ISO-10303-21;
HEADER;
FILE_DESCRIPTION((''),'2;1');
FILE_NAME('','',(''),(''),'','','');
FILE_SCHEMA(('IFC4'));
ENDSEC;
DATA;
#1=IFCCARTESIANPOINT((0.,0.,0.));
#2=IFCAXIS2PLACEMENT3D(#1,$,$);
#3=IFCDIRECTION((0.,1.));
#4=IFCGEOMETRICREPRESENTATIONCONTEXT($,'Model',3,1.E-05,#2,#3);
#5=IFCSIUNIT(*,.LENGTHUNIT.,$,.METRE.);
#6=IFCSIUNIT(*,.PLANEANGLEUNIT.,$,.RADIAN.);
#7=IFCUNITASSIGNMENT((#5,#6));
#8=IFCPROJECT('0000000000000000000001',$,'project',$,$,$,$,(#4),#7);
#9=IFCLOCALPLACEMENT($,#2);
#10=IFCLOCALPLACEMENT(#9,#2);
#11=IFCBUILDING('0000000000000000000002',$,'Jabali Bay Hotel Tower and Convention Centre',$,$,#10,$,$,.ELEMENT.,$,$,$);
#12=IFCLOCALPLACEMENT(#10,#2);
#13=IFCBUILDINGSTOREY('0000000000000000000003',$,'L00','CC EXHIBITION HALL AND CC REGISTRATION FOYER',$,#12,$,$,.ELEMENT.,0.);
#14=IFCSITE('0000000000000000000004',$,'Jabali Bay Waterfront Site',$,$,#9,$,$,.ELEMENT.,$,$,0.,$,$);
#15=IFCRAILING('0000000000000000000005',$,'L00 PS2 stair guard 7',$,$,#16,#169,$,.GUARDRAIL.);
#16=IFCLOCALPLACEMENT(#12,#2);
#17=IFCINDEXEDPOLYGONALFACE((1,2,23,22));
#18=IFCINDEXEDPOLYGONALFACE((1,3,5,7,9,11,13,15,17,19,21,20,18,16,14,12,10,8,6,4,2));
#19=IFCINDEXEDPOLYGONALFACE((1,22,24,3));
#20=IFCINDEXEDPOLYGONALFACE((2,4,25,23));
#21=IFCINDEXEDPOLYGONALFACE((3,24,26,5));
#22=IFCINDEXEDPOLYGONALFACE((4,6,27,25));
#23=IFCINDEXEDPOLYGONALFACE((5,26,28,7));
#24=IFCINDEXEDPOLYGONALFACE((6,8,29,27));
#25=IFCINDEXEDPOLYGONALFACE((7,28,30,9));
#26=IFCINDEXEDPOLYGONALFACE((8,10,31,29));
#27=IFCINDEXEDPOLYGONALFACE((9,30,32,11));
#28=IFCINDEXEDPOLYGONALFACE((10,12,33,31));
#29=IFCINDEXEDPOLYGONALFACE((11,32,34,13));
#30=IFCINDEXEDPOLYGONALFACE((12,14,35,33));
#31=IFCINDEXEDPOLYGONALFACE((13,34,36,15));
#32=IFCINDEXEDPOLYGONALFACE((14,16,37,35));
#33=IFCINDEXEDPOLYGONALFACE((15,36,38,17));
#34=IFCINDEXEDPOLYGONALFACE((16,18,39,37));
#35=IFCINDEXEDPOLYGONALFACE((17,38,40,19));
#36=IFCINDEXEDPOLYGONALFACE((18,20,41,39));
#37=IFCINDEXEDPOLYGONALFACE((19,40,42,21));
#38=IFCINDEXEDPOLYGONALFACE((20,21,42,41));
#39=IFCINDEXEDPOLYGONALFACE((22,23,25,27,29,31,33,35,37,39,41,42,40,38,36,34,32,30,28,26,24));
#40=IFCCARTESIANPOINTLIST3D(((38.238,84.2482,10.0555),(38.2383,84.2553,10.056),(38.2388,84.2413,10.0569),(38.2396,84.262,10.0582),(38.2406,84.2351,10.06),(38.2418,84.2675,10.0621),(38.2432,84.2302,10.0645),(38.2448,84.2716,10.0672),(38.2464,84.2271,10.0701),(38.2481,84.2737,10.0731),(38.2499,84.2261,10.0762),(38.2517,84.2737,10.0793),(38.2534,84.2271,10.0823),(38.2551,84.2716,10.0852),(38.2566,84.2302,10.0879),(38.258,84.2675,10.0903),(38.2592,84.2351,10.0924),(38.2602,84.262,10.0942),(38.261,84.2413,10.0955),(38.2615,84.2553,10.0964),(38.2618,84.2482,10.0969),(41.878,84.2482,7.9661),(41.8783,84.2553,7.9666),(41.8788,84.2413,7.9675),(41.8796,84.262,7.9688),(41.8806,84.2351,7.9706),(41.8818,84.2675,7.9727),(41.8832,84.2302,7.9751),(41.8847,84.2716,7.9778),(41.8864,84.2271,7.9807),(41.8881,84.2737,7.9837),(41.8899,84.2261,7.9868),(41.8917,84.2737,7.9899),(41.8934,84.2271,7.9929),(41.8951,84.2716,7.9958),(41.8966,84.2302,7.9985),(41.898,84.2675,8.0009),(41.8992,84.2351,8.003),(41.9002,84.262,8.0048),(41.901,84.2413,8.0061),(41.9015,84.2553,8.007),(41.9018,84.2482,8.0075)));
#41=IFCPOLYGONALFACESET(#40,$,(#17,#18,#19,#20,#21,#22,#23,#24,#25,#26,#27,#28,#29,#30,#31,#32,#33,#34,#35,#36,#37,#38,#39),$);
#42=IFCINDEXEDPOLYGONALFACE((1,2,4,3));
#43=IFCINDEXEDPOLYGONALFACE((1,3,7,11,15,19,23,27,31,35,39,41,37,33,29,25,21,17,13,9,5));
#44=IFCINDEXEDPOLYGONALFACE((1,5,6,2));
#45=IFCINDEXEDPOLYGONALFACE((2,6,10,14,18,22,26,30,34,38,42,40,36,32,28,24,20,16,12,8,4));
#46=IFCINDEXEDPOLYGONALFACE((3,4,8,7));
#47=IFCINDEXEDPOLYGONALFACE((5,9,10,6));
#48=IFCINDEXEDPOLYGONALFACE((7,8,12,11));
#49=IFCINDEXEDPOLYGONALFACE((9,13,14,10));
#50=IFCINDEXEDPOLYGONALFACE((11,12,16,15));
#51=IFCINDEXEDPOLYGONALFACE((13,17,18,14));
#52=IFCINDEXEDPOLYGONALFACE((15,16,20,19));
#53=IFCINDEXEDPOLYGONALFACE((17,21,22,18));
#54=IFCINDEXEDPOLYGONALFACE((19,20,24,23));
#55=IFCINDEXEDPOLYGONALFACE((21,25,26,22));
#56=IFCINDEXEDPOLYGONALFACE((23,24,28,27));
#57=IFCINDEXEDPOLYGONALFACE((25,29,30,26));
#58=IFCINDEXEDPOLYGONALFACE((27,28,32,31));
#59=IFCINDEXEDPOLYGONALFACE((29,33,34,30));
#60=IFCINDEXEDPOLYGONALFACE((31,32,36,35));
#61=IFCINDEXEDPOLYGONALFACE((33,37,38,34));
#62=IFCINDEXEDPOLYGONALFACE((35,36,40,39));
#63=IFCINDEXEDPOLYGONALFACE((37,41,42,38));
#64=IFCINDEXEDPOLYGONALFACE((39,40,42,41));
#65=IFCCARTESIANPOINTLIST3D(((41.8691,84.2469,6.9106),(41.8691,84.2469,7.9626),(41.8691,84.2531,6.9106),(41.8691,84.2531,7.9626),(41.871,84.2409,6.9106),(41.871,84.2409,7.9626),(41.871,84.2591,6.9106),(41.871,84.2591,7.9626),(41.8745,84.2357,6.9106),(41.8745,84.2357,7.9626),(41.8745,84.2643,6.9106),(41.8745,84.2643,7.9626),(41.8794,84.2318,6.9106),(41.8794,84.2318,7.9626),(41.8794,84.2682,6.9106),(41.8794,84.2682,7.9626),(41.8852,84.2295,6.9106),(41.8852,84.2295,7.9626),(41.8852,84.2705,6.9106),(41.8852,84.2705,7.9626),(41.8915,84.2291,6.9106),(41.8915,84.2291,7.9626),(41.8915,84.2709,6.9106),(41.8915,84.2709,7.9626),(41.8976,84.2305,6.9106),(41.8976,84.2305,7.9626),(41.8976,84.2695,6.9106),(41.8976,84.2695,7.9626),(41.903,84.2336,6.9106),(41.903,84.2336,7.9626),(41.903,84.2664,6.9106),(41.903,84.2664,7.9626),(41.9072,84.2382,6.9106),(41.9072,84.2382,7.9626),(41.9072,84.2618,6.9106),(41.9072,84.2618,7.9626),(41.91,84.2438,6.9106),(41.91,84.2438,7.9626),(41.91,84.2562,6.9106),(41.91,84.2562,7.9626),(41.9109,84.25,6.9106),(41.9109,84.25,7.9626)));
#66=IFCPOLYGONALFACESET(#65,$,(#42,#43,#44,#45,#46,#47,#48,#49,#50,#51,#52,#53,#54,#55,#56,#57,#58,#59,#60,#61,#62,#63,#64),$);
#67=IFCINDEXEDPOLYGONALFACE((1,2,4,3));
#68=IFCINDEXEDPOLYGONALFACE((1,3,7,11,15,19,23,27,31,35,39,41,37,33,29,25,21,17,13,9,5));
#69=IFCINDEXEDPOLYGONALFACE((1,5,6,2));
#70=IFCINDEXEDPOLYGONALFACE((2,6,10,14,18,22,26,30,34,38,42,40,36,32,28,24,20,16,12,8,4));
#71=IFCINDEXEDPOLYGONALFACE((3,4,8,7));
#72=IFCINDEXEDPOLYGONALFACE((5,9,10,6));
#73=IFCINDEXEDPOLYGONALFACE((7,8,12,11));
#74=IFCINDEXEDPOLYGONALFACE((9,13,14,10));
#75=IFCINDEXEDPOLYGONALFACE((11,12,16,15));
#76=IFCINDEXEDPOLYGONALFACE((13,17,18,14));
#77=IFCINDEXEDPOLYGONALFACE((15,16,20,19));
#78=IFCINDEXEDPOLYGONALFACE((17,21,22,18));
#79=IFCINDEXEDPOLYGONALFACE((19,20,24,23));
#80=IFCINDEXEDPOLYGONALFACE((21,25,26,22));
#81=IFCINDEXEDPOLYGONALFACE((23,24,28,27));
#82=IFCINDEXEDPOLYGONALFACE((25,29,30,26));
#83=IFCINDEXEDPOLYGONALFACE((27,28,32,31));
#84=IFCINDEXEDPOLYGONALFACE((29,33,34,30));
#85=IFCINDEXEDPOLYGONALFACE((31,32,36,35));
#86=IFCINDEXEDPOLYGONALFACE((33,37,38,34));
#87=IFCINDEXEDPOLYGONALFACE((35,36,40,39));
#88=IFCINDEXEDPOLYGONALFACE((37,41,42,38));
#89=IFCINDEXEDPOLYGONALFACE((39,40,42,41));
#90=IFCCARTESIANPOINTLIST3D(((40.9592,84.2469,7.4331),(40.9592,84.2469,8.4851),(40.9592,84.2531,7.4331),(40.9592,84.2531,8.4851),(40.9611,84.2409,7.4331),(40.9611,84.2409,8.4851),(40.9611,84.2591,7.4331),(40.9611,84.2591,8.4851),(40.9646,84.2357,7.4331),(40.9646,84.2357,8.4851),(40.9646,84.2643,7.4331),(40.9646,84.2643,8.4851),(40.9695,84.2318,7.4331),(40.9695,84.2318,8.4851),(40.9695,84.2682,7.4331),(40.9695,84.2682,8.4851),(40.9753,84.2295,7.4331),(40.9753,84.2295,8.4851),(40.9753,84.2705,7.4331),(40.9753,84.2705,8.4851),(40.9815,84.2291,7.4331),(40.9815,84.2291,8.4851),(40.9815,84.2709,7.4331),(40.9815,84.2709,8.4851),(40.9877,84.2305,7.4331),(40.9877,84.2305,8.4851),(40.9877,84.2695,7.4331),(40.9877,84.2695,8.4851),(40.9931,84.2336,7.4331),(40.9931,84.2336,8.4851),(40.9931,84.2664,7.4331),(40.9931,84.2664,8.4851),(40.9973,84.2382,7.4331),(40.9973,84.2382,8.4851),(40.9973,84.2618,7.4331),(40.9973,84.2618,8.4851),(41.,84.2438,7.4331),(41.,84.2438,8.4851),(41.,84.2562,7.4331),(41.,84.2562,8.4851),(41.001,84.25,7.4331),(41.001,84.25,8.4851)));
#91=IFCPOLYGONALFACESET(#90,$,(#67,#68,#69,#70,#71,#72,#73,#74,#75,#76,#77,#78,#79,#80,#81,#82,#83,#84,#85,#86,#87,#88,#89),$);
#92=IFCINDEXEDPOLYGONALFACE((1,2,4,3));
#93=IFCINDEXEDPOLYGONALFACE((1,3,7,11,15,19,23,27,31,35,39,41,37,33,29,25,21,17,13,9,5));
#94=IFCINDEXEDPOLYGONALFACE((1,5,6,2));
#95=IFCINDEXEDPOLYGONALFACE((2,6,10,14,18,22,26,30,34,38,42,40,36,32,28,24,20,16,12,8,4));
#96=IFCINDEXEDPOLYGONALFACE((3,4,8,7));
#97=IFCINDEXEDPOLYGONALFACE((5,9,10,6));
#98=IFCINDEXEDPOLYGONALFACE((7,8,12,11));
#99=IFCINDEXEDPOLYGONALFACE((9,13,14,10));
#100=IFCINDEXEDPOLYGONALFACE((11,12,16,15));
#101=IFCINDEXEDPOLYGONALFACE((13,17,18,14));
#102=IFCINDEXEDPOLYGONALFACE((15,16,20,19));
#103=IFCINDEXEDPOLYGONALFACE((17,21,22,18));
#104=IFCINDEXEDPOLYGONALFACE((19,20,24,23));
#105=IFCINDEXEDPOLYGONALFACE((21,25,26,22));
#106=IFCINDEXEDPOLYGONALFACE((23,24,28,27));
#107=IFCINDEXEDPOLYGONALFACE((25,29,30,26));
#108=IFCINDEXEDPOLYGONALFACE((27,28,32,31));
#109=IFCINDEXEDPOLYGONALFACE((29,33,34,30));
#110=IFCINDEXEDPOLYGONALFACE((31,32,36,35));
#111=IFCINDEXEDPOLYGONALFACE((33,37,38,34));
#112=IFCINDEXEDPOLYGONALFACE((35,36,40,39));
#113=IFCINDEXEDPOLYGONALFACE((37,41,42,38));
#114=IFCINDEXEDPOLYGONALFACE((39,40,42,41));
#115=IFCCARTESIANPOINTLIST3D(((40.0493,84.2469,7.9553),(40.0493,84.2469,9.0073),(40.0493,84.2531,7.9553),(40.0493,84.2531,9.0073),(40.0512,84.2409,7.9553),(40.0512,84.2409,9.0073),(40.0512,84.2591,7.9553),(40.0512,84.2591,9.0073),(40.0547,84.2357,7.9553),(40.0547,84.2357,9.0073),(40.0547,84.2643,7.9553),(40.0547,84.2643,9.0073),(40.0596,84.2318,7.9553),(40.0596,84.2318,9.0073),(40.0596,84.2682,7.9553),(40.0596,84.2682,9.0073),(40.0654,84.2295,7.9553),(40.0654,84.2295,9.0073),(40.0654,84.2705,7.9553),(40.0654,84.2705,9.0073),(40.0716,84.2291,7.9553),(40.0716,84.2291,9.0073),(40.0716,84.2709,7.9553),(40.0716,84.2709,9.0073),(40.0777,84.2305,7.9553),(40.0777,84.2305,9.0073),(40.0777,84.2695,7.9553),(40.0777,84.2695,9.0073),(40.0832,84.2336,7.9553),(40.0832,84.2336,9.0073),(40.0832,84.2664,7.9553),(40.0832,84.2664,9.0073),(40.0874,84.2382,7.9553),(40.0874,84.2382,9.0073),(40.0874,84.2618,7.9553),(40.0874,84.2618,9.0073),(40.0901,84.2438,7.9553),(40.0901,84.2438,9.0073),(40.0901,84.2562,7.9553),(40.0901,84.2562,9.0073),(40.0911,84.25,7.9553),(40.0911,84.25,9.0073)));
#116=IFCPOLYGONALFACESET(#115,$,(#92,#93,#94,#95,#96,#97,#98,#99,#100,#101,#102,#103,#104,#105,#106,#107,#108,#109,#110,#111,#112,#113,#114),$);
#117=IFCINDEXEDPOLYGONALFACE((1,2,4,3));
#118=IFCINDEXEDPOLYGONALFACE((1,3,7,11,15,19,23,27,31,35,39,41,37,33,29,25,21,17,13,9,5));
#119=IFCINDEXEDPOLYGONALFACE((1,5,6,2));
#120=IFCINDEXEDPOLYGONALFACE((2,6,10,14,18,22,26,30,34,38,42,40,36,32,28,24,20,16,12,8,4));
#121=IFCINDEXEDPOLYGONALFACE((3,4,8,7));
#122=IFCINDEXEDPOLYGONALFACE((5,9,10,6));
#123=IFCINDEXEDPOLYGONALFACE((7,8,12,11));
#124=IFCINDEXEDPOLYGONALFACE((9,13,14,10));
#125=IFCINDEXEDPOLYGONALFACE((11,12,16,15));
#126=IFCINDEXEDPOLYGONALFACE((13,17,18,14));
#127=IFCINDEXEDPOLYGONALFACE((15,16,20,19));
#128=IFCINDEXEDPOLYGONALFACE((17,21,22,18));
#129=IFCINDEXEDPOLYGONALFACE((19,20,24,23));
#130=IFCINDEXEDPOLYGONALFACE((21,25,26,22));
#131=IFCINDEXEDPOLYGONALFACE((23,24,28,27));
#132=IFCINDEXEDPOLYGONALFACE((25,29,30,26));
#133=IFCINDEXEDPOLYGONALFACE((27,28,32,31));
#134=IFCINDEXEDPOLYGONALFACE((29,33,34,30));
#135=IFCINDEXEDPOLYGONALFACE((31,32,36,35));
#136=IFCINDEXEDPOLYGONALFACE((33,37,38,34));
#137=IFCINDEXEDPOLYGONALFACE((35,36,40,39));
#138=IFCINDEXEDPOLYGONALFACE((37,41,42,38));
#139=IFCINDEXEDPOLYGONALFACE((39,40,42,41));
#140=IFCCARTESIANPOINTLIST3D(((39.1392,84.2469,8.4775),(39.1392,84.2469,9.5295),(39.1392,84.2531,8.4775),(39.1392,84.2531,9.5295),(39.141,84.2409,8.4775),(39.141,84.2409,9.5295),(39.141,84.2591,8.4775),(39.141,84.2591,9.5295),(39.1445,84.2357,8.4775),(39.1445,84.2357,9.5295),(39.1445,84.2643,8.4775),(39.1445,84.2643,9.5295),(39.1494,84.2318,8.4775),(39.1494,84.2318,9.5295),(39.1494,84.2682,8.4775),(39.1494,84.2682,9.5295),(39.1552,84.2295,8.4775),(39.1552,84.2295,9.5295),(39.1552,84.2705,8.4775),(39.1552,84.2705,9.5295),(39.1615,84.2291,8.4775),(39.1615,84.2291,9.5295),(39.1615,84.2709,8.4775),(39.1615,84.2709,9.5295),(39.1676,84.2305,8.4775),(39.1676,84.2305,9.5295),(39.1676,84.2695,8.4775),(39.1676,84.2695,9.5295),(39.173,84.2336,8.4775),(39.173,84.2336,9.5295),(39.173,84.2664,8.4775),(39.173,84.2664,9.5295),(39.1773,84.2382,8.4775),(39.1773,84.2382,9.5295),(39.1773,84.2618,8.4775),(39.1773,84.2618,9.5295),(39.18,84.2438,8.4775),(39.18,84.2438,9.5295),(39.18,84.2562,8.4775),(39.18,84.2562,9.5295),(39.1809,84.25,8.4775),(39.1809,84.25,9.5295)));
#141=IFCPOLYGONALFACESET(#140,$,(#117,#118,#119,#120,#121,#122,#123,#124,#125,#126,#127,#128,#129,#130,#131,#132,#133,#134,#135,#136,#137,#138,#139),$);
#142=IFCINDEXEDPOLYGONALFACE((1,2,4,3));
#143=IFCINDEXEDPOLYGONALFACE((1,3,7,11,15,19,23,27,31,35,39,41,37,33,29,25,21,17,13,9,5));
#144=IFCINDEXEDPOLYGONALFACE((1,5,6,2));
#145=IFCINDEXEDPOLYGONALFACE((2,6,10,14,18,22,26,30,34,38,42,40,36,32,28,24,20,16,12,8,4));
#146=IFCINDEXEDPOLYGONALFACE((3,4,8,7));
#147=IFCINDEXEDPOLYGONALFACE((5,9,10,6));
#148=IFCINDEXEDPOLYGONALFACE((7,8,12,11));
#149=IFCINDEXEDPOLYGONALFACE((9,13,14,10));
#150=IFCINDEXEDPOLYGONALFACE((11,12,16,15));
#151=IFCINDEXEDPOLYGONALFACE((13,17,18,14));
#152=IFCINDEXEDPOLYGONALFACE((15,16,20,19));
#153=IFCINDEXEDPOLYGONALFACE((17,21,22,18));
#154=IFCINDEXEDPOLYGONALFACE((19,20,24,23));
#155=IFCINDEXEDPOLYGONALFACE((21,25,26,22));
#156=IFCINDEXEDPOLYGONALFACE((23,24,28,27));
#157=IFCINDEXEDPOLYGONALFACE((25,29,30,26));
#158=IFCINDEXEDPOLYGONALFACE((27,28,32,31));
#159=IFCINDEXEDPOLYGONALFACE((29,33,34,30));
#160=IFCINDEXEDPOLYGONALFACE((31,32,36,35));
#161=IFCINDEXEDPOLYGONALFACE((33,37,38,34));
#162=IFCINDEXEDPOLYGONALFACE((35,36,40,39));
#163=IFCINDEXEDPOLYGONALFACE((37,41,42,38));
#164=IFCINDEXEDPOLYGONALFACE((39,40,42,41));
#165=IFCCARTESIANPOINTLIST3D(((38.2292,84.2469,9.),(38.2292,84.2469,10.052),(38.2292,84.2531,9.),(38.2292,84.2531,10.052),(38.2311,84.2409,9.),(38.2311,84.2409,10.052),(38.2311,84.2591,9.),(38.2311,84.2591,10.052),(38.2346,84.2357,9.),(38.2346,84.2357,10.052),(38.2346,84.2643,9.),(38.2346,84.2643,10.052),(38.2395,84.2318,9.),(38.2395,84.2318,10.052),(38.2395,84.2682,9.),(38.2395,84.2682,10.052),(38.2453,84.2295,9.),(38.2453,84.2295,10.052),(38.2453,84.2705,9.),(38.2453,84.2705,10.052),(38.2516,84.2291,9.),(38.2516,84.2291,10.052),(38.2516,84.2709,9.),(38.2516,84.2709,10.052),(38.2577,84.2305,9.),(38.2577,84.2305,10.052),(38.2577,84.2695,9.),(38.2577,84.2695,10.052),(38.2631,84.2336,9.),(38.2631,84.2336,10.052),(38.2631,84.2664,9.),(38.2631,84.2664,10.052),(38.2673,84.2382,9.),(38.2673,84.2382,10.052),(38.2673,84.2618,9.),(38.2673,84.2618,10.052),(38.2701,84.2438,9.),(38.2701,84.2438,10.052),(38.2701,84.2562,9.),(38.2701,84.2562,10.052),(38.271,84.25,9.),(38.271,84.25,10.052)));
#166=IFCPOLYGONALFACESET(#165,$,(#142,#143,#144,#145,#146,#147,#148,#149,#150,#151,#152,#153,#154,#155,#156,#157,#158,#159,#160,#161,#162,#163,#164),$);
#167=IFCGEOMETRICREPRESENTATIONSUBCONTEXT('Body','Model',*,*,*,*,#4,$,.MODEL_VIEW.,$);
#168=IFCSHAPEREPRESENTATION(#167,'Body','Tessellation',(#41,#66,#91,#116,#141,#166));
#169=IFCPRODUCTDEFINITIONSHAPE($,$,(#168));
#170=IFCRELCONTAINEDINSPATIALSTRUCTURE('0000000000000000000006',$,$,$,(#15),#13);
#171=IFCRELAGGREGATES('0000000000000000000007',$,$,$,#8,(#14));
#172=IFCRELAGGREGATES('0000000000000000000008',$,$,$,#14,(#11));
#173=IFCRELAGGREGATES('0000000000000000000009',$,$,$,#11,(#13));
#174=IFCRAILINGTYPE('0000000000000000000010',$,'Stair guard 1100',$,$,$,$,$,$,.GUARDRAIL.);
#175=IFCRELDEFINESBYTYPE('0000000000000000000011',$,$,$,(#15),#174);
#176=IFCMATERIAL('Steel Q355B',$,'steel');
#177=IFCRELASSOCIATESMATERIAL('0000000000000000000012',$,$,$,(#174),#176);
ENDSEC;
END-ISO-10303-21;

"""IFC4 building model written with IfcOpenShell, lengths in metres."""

from ifc_helpers import new_model, si_unit, direction, frame, origin, origin_2d, place, context, subcontext, project, spatial, circle, extrude, material, type_object, element, save


model = new_model("IFC4")

# Units and contexts
model_context = context("Model", 3, precision=1e-05, world=origin(), true_north=direction((0.0, 1.0)))
body_context = subcontext(model_context, "Body", "Model", "MODEL_VIEW")
ifc_project = project(units=[si_unit("LENGTHUNIT", "METRE"), si_unit("PLANEANGLEUNIT", "RADIAN")], contexts=[model_context])

# Site, building, storey
site_placement = place(None, origin())
site = spatial("IfcSite", under=ifc_project, at=site_placement, Name="Jabali Bay Waterfront Site", CompositionType="ELEMENT", RefElevation=0.0)
building_placement = place(site_placement, origin())
building = spatial("IfcBuilding", under=site, at=building_placement, Name="Jabali Bay Hotel Tower and Convention Centre", CompositionType="ELEMENT")
storey_placement = place(building_placement, origin())
storey = spatial("IfcBuildingStorey", under=building, at=storey_placement, Name="L00", Description="CC EXHIBITION HALL AND CC REGISTRATION FOYER", CompositionType="ELEMENT", Elevation=0.0)

# Railing
ifc_material_1 = material(Name="Steel Q355B", Category="steel")
railing_type_1 = type_object("IfcRailingType", Name="Stair guard 1100", PredefinedType="GUARDRAIL", material=ifc_material_1)
railing_1_placement = place(storey_placement, frame((41.8899, 84.25, 6.9106)))
element("IfcRailing", 1, at=railing_1_placement, inside=storey, type_object=railing_type_1, Name="L00 PS2 stair guard 7", PredefinedType="GUARDRAIL", context=body_context, shape_type="SweptSolid", body=[
    extrude(circle(Radius=0.0239, at=origin_2d()), frame((0.0, 0.0, 1.0762), z_axis=(-0.867275, 0.0, 0.497829), x_axis=(0.0, -1.0, 0.0)), (0.0, 0.0, 1.0), 4.197),
    extrude(circle(Radius=0.021, at=origin_2d()), origin(), (0.0, 0.0, 1.0), 1.052),
    extrude(circle(Radius=0.021, at=origin_2d()), frame((-0.9099, 0.0, 0.5225)), (0.0, 0.0, 1.0), 1.052),
    extrude(circle(Radius=0.021, at=origin_2d()), frame((-1.8198, 0.0, 1.0447)), (0.0, 0.0, 1.0), 1.052),
    extrude(circle(Radius=0.021, at=origin_2d()), frame((-2.73, 0.0, 1.5669)), (0.0, 0.0, 1.0), 1.052),
    extrude(circle(Radius=0.021, at=origin_2d()), frame((-3.6399, 0.0, 2.0894)), (0.0, 0.0, 1.0), 1.052),
])

save(model, "model.ifc")
